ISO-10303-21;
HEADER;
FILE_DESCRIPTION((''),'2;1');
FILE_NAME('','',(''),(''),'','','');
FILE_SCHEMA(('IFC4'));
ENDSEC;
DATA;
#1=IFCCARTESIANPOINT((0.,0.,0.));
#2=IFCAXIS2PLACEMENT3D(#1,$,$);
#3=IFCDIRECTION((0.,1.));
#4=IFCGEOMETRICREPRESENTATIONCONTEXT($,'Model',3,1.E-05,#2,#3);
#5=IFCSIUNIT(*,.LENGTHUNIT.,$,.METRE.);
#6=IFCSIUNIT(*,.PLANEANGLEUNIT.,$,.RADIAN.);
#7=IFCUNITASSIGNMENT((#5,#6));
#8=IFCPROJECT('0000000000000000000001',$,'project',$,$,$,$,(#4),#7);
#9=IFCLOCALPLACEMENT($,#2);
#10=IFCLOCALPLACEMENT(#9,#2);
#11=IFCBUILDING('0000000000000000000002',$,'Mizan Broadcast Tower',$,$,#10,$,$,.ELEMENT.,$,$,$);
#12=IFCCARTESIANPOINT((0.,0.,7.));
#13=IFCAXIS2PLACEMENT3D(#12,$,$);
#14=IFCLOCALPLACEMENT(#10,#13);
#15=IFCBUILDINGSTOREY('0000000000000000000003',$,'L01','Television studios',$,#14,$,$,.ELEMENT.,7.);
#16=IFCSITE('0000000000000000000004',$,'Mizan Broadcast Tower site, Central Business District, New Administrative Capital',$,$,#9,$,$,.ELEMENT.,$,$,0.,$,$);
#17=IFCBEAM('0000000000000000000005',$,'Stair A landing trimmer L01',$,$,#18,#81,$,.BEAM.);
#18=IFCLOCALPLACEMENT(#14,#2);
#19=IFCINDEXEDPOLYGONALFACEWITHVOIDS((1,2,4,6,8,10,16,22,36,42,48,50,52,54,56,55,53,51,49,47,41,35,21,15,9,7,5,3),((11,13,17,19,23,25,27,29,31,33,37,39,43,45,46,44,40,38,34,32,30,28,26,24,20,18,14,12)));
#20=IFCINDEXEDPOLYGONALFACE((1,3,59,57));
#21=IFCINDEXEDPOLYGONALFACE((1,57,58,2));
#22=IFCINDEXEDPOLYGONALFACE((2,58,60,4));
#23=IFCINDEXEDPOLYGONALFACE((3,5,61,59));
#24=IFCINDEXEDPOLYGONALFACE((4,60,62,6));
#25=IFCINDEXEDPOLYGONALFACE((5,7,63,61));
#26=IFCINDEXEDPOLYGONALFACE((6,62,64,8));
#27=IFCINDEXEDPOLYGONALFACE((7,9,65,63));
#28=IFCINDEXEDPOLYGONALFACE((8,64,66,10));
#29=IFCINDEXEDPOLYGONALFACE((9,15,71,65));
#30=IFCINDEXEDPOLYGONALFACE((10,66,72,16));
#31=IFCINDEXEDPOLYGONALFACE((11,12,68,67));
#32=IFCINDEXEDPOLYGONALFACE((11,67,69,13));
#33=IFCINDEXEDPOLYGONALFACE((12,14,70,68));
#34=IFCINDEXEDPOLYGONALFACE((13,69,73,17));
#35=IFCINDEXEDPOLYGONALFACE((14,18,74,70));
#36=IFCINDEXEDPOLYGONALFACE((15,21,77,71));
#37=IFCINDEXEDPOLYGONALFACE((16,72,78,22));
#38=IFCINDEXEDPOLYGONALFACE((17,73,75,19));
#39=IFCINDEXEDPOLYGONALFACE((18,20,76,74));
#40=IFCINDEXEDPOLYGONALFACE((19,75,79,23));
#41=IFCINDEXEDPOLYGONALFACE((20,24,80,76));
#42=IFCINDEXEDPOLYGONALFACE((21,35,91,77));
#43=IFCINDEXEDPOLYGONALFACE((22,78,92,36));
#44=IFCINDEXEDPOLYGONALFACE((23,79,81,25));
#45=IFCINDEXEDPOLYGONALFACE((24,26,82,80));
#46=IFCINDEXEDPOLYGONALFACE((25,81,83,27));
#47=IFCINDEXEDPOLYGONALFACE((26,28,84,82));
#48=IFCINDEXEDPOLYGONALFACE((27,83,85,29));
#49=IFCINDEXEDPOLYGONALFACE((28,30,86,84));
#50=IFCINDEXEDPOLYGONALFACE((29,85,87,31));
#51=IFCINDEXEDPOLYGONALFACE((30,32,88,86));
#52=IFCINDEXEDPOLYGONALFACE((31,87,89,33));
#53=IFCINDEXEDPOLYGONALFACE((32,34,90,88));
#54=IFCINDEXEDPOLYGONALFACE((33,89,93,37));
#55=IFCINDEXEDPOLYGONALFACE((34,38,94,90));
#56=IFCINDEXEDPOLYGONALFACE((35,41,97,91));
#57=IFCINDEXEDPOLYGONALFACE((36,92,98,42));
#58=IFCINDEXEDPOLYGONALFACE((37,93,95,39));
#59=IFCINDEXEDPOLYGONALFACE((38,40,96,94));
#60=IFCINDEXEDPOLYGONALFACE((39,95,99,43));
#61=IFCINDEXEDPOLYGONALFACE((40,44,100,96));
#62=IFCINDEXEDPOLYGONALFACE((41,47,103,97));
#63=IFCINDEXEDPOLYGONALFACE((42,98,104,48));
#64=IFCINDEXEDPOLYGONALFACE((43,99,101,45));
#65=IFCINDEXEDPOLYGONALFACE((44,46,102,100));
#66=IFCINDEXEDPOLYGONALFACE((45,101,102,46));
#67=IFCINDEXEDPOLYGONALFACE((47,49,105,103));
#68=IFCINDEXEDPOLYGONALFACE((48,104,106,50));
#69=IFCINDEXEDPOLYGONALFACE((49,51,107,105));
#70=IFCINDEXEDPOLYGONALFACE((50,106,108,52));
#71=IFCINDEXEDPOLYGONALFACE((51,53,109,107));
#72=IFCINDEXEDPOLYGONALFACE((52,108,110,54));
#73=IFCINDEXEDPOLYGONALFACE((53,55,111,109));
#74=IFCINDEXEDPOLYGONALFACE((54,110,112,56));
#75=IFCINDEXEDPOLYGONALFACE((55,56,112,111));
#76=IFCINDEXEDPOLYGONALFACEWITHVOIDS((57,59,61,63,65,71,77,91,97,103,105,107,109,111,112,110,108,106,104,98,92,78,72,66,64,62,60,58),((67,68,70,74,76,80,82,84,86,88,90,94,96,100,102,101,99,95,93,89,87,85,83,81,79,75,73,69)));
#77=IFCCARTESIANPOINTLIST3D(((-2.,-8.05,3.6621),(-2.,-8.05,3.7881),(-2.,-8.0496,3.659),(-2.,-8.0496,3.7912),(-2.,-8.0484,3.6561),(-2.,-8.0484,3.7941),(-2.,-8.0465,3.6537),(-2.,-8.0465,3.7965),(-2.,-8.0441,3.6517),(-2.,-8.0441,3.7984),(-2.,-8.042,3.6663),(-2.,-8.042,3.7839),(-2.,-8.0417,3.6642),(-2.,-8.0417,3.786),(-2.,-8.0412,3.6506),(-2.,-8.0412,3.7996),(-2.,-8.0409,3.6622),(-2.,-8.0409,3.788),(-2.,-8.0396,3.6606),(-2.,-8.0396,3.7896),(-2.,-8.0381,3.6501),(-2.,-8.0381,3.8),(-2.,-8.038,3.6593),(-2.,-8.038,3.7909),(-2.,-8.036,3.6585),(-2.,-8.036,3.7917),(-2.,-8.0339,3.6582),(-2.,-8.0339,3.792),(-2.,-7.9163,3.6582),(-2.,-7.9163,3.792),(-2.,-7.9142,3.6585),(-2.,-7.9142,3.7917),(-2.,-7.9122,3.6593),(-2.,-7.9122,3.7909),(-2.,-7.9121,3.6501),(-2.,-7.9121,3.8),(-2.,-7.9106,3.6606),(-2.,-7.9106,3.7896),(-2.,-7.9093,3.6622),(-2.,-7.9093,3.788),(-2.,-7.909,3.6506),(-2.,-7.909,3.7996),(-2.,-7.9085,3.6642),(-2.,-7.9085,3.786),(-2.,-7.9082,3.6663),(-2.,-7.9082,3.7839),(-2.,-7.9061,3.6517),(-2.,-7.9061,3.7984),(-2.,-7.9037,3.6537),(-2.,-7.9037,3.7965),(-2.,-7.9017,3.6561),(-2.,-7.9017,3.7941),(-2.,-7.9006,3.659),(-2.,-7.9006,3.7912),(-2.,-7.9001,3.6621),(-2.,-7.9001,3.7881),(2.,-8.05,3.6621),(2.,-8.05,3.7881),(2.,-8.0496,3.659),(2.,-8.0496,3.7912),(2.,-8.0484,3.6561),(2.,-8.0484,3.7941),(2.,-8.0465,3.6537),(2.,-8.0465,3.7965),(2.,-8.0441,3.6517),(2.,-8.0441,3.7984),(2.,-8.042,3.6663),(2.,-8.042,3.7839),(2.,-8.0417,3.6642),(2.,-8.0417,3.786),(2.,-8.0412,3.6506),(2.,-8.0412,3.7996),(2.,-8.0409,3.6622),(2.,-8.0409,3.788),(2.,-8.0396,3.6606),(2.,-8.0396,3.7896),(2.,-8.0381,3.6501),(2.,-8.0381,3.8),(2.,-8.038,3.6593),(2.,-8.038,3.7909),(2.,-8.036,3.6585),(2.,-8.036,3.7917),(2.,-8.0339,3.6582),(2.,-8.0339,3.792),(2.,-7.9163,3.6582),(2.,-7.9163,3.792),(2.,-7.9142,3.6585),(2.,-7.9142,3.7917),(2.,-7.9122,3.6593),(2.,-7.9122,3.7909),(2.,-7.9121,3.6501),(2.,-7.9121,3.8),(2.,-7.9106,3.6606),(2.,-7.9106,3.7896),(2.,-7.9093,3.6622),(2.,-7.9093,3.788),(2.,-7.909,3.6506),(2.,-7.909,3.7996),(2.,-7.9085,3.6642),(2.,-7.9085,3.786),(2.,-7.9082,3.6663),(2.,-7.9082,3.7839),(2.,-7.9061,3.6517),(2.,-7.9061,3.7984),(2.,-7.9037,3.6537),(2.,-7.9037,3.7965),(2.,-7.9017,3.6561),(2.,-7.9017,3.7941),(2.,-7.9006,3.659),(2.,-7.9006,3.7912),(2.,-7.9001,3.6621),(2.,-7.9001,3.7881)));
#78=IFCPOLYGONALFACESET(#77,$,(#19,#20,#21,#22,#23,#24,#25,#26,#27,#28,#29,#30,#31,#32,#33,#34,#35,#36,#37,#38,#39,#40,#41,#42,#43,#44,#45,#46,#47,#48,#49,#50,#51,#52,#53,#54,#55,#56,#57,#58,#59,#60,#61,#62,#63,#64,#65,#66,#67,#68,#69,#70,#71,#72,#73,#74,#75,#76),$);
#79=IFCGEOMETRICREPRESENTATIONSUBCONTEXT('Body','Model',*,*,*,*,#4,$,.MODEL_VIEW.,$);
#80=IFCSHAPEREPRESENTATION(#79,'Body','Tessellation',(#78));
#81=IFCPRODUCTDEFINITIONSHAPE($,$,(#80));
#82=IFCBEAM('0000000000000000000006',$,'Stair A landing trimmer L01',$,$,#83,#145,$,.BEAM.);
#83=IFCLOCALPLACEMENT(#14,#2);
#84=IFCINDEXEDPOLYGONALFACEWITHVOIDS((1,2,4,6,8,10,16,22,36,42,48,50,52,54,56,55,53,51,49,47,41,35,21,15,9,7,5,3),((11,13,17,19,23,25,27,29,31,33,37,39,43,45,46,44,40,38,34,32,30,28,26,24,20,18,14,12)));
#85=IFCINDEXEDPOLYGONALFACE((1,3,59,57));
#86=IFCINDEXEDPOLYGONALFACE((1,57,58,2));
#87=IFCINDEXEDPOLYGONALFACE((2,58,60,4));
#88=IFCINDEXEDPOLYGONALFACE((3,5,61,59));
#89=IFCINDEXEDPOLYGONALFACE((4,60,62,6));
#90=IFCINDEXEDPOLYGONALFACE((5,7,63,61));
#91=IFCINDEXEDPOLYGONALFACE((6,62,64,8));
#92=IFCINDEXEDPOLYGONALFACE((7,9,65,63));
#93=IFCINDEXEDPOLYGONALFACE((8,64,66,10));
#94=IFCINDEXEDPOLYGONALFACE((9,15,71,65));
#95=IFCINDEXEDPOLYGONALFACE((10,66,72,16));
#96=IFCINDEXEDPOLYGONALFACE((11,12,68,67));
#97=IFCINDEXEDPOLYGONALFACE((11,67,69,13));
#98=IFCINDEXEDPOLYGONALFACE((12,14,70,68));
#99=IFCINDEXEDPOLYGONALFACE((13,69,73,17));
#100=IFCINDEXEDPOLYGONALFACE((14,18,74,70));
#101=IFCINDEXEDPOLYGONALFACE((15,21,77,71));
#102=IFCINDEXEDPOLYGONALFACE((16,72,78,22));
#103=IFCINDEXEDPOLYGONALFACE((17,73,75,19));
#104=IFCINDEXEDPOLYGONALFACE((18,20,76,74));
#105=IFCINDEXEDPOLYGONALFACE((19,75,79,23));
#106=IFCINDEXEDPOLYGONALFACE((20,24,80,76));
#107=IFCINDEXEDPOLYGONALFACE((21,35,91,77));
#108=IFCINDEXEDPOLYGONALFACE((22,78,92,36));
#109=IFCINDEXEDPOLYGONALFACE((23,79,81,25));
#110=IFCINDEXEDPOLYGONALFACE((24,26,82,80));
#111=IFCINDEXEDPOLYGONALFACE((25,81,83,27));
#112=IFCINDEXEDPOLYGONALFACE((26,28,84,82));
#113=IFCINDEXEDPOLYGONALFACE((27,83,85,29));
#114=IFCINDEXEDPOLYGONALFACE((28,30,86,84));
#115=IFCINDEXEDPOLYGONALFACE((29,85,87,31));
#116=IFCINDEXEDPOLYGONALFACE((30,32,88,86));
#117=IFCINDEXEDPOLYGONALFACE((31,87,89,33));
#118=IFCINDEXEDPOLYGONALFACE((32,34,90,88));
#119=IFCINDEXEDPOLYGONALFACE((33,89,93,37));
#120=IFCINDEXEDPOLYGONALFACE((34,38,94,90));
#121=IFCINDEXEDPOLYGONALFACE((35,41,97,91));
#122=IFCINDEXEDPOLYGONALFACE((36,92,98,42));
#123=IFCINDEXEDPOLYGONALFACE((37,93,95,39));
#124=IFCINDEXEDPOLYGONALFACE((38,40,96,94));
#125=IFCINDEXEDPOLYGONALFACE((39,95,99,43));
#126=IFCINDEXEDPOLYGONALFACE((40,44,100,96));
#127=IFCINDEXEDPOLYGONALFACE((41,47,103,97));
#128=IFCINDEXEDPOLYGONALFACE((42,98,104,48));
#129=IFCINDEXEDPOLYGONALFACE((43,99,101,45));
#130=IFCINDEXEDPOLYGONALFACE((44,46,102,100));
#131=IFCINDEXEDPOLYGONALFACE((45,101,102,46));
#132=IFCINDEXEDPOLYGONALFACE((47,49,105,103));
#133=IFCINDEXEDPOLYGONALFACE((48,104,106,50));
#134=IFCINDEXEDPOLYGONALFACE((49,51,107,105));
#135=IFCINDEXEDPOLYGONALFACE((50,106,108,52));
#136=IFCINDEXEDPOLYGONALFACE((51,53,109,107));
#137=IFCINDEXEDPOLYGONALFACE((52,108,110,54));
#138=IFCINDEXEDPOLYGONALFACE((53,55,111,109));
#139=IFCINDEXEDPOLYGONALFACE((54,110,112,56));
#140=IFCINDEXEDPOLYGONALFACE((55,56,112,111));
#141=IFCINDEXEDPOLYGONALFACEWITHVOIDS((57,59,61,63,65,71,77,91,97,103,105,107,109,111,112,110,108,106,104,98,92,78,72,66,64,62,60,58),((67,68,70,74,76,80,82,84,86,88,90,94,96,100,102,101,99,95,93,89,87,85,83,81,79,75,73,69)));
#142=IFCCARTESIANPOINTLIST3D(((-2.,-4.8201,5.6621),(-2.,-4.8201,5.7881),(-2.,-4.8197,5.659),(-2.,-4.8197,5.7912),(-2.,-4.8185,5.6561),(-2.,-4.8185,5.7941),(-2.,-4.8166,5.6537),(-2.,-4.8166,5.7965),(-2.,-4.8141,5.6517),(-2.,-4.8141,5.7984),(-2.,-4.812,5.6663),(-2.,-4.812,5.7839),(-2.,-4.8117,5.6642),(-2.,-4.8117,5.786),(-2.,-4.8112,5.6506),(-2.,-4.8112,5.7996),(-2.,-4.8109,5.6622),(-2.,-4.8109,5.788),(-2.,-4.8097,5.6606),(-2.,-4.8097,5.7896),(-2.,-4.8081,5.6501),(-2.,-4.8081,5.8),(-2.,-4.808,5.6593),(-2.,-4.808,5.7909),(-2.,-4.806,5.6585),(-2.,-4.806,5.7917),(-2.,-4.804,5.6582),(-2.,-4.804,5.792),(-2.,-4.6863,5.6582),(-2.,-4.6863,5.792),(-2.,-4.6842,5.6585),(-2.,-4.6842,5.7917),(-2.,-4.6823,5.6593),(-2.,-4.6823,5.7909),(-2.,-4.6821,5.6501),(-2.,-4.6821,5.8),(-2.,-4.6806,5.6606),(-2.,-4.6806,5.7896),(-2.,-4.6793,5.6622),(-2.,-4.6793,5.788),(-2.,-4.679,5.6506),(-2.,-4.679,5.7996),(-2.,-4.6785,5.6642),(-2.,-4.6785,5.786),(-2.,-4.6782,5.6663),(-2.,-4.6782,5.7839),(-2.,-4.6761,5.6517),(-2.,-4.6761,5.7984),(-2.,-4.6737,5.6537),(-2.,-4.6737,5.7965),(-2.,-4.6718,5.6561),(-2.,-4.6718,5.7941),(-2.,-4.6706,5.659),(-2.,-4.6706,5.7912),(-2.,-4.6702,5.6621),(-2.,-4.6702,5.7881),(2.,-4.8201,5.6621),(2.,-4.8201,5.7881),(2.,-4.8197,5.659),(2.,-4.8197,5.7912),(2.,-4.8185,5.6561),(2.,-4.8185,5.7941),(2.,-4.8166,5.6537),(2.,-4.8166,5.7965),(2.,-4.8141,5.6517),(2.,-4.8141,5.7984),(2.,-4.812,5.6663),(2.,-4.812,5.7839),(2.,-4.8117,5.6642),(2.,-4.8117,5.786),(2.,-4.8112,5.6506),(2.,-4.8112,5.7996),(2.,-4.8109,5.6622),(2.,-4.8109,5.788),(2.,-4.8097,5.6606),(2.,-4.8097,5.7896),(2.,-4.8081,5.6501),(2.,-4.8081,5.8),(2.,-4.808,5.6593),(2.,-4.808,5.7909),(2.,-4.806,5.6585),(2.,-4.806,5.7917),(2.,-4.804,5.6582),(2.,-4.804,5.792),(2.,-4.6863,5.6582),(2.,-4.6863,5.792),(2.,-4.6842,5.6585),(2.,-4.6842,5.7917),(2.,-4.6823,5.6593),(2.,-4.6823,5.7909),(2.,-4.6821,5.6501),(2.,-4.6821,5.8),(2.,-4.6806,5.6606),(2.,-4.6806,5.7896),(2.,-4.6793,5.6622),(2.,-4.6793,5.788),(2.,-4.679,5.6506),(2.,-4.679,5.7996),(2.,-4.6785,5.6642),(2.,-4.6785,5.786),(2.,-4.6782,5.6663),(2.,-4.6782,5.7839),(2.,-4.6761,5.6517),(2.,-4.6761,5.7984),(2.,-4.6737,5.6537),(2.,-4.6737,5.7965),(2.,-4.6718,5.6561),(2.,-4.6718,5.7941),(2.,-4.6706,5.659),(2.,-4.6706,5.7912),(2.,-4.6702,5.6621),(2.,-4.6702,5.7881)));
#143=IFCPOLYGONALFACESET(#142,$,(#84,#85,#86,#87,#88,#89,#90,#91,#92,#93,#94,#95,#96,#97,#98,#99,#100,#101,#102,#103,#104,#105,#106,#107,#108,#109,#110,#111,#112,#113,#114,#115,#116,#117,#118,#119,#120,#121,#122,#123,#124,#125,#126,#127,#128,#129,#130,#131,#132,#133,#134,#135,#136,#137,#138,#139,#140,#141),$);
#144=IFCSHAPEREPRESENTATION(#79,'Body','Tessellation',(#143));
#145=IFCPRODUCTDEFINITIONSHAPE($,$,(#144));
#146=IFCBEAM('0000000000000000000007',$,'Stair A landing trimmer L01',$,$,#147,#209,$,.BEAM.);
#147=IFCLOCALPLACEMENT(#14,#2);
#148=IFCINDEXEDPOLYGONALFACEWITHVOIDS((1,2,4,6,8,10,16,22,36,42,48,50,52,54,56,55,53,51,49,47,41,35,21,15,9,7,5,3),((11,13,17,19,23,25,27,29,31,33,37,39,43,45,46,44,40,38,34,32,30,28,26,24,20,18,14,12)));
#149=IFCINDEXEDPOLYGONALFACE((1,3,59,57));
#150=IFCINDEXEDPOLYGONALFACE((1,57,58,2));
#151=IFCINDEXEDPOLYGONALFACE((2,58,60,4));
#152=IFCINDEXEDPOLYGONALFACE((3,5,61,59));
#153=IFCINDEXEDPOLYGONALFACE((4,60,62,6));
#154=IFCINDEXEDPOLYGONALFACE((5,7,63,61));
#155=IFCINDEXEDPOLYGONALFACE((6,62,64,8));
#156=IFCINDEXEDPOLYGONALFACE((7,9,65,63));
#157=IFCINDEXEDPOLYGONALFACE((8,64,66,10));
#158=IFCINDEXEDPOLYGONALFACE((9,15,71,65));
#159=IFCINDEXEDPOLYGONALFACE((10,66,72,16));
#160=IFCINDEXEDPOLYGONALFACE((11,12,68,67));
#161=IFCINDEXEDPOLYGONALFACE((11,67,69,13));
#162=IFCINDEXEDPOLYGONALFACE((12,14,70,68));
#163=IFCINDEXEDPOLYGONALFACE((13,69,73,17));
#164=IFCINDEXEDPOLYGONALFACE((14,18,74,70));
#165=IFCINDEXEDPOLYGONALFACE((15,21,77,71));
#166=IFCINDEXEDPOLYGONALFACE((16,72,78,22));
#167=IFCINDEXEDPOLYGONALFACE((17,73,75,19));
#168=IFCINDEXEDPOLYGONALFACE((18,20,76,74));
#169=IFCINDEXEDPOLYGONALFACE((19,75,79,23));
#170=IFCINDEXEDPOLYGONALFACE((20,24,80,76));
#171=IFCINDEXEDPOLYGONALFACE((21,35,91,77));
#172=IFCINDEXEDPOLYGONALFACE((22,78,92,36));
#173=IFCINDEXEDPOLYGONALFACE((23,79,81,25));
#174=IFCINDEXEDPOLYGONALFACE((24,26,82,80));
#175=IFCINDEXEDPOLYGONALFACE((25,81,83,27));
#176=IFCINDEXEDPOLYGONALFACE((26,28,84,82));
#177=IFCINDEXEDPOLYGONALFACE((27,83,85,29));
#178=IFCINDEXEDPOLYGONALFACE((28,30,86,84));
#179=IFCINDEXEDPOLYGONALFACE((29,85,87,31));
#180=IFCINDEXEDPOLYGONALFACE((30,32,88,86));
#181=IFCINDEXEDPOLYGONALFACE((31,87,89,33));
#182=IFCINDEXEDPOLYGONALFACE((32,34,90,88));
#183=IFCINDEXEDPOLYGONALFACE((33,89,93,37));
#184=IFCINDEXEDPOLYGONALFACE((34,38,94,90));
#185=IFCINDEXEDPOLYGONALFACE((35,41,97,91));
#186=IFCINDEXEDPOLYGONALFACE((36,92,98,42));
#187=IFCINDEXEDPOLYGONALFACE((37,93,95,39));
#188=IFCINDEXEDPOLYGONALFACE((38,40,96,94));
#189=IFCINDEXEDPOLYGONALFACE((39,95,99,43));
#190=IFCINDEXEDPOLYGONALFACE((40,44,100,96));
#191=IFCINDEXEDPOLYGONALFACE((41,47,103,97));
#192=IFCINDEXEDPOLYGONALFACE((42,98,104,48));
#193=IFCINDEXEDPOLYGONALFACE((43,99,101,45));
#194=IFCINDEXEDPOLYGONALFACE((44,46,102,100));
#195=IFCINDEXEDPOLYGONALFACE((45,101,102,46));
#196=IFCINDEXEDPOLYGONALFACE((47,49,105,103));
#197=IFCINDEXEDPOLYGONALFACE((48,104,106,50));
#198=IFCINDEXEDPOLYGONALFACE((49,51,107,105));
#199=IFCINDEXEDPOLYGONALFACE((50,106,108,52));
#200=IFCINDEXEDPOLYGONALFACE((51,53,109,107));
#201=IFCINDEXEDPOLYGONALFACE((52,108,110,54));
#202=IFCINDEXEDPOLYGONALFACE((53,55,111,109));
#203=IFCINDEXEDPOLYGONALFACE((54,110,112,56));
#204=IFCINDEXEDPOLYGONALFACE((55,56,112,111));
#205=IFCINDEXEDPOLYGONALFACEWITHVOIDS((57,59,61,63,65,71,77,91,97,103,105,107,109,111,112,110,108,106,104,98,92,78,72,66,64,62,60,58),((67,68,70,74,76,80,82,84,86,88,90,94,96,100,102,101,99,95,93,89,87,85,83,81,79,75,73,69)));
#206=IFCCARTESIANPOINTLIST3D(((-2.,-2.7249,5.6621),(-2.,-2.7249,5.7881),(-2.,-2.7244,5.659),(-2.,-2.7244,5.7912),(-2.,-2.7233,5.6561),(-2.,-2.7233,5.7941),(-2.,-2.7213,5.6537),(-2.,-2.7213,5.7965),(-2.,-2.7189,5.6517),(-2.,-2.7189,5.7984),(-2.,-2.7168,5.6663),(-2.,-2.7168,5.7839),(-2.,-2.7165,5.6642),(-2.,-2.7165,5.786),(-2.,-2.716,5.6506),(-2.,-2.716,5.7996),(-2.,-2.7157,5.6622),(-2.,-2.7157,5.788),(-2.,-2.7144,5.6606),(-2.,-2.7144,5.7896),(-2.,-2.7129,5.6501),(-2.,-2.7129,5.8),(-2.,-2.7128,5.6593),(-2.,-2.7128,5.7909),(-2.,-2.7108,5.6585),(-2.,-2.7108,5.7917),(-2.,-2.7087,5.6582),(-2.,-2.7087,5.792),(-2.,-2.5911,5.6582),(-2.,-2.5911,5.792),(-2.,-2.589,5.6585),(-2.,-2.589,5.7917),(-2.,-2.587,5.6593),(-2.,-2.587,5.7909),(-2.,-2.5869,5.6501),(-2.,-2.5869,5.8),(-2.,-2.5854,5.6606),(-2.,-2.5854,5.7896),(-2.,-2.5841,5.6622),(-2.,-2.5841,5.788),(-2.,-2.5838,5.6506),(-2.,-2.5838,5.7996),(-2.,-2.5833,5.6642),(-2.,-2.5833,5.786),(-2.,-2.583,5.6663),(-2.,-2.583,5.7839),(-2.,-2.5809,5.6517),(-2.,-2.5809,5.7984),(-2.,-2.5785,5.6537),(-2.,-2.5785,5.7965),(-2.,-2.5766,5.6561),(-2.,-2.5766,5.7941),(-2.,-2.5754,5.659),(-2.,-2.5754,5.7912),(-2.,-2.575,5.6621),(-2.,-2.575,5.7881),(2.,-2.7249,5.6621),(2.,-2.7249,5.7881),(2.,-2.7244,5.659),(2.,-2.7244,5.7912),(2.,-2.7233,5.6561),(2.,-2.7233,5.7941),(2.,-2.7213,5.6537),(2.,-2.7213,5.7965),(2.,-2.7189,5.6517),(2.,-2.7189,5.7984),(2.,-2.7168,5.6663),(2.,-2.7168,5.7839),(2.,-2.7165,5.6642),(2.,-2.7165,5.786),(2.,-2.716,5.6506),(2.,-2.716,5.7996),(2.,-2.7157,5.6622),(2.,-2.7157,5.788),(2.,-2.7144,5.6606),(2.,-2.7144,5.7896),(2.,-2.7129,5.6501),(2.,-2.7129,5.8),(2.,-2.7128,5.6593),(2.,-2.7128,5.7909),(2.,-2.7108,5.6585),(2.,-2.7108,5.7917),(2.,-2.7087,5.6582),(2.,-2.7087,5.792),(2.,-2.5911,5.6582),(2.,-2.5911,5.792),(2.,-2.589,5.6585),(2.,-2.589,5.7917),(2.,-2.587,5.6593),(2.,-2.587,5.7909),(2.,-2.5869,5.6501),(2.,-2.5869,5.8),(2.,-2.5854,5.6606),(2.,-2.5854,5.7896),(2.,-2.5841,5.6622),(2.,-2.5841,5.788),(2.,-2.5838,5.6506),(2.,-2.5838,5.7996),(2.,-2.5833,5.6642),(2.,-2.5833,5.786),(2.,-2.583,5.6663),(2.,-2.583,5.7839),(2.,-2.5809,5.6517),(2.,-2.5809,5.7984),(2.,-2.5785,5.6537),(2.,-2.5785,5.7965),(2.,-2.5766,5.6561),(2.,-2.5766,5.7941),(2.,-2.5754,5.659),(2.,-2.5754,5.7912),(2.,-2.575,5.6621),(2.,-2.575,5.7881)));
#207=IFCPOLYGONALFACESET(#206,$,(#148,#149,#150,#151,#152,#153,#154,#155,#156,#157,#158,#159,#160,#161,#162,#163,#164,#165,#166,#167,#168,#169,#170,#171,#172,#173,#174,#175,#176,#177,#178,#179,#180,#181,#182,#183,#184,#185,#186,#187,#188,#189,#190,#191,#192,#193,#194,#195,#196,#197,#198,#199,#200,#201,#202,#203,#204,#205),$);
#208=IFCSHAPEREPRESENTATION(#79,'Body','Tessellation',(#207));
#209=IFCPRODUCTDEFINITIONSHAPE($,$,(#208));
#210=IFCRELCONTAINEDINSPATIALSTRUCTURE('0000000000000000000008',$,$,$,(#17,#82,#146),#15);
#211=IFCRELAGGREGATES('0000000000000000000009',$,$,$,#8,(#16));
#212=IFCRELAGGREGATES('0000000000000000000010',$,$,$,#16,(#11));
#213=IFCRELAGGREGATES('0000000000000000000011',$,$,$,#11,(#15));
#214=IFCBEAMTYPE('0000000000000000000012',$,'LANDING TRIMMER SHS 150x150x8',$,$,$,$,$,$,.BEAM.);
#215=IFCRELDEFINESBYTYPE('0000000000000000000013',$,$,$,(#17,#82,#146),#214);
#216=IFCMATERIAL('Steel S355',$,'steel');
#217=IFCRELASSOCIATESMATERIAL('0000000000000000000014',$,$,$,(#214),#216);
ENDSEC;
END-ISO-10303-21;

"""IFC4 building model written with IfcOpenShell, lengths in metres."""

from ifc_helpers import new_model, si_unit, direction, frame, origin, origin_2d, place, context, subcontext, project, spatial, hollow_rectangle, extrude, material, material_profile, profile_set, type_object, element, save


model = new_model("IFC4")

# Units and contexts
model_context = context("Model", 3, precision=1e-05, world=origin(), true_north=direction((0.0, 1.0)))
body_context = subcontext(model_context, "Body", "Model", "MODEL_VIEW")
ifc_project = project(units=[si_unit("LENGTHUNIT", "METRE"), si_unit("PLANEANGLEUNIT", "RADIAN")], contexts=[model_context])

# Site, building, storey
site_placement = place(None, origin())
site = spatial("IfcSite", under=ifc_project, at=site_placement, Name="Mizan Broadcast Tower site, Central Business District, New Administrative Capital", CompositionType="ELEMENT", RefElevation=0.0)
building_placement = place(site_placement, origin())
building = spatial("IfcBuilding", under=site, at=building_placement, Name="Mizan Broadcast Tower", CompositionType="ELEMENT")
storey_placement = place(building_placement, frame((0.0, 0.0, 7.0)))
storey = spatial("IfcBuildingStorey", under=building, at=storey_placement, Name="L01", Description="Television studios", CompositionType="ELEMENT", Elevation=7.0)

# Beams
ifc_material_1 = material(Name="Steel S355", Category="steel")
ifc_material_profile = material_profile(ifc_material_1, hollow_rectangle(XDim=0.1499, YDim=0.1499, WallThickness=0.0081, InnerFilletRadius=0.0081, OuterFilletRadius=0.012, at=origin_2d()), Name="SHS 150x150x8")
ifc_profile_set = profile_set([ifc_material_profile], Name="Steel S355")
beam_type = type_object("IfcBeamType", Name="LANDING TRIMMER SHS 150x150x8", PredefinedType="BEAM", material=ifc_profile_set)
for number, where, z_axis, x_axis, name in (
    (1, (-2.0, -7.9751, 3.7251), (1.0, 0.0, 0.0), (0.0, 1.0, 0.0), "Stair A landing trimmer L01"),
    (2, (-2.0, -4.7451, 5.7251), (1.0, 0.0, 0.0), (0.0, 1.0, 0.0), "Stair A landing trimmer L01"),
    (3, (-2.0, -2.6499, 5.7251), (1.0, 0.0, 0.0), (0.0, 1.0, 0.0), "Stair A landing trimmer L01"),
):
    element("IfcBeam", number, at=place(storey_placement, frame(where, z_axis=z_axis, x_axis=x_axis)), inside=storey, type_object=beam_type, Name=name, PredefinedType="BEAM", context=body_context, shape_type="SweptSolid", body=[
        extrude(hollow_rectangle(XDim=0.1499, YDim=0.1499, WallThickness=0.0081, InnerFilletRadius=0.0081, OuterFilletRadius=0.012, at=origin_2d()), origin(), (0.0, 0.0, 1.0), 4.0),
    ])

save(model, "model.ifc")
